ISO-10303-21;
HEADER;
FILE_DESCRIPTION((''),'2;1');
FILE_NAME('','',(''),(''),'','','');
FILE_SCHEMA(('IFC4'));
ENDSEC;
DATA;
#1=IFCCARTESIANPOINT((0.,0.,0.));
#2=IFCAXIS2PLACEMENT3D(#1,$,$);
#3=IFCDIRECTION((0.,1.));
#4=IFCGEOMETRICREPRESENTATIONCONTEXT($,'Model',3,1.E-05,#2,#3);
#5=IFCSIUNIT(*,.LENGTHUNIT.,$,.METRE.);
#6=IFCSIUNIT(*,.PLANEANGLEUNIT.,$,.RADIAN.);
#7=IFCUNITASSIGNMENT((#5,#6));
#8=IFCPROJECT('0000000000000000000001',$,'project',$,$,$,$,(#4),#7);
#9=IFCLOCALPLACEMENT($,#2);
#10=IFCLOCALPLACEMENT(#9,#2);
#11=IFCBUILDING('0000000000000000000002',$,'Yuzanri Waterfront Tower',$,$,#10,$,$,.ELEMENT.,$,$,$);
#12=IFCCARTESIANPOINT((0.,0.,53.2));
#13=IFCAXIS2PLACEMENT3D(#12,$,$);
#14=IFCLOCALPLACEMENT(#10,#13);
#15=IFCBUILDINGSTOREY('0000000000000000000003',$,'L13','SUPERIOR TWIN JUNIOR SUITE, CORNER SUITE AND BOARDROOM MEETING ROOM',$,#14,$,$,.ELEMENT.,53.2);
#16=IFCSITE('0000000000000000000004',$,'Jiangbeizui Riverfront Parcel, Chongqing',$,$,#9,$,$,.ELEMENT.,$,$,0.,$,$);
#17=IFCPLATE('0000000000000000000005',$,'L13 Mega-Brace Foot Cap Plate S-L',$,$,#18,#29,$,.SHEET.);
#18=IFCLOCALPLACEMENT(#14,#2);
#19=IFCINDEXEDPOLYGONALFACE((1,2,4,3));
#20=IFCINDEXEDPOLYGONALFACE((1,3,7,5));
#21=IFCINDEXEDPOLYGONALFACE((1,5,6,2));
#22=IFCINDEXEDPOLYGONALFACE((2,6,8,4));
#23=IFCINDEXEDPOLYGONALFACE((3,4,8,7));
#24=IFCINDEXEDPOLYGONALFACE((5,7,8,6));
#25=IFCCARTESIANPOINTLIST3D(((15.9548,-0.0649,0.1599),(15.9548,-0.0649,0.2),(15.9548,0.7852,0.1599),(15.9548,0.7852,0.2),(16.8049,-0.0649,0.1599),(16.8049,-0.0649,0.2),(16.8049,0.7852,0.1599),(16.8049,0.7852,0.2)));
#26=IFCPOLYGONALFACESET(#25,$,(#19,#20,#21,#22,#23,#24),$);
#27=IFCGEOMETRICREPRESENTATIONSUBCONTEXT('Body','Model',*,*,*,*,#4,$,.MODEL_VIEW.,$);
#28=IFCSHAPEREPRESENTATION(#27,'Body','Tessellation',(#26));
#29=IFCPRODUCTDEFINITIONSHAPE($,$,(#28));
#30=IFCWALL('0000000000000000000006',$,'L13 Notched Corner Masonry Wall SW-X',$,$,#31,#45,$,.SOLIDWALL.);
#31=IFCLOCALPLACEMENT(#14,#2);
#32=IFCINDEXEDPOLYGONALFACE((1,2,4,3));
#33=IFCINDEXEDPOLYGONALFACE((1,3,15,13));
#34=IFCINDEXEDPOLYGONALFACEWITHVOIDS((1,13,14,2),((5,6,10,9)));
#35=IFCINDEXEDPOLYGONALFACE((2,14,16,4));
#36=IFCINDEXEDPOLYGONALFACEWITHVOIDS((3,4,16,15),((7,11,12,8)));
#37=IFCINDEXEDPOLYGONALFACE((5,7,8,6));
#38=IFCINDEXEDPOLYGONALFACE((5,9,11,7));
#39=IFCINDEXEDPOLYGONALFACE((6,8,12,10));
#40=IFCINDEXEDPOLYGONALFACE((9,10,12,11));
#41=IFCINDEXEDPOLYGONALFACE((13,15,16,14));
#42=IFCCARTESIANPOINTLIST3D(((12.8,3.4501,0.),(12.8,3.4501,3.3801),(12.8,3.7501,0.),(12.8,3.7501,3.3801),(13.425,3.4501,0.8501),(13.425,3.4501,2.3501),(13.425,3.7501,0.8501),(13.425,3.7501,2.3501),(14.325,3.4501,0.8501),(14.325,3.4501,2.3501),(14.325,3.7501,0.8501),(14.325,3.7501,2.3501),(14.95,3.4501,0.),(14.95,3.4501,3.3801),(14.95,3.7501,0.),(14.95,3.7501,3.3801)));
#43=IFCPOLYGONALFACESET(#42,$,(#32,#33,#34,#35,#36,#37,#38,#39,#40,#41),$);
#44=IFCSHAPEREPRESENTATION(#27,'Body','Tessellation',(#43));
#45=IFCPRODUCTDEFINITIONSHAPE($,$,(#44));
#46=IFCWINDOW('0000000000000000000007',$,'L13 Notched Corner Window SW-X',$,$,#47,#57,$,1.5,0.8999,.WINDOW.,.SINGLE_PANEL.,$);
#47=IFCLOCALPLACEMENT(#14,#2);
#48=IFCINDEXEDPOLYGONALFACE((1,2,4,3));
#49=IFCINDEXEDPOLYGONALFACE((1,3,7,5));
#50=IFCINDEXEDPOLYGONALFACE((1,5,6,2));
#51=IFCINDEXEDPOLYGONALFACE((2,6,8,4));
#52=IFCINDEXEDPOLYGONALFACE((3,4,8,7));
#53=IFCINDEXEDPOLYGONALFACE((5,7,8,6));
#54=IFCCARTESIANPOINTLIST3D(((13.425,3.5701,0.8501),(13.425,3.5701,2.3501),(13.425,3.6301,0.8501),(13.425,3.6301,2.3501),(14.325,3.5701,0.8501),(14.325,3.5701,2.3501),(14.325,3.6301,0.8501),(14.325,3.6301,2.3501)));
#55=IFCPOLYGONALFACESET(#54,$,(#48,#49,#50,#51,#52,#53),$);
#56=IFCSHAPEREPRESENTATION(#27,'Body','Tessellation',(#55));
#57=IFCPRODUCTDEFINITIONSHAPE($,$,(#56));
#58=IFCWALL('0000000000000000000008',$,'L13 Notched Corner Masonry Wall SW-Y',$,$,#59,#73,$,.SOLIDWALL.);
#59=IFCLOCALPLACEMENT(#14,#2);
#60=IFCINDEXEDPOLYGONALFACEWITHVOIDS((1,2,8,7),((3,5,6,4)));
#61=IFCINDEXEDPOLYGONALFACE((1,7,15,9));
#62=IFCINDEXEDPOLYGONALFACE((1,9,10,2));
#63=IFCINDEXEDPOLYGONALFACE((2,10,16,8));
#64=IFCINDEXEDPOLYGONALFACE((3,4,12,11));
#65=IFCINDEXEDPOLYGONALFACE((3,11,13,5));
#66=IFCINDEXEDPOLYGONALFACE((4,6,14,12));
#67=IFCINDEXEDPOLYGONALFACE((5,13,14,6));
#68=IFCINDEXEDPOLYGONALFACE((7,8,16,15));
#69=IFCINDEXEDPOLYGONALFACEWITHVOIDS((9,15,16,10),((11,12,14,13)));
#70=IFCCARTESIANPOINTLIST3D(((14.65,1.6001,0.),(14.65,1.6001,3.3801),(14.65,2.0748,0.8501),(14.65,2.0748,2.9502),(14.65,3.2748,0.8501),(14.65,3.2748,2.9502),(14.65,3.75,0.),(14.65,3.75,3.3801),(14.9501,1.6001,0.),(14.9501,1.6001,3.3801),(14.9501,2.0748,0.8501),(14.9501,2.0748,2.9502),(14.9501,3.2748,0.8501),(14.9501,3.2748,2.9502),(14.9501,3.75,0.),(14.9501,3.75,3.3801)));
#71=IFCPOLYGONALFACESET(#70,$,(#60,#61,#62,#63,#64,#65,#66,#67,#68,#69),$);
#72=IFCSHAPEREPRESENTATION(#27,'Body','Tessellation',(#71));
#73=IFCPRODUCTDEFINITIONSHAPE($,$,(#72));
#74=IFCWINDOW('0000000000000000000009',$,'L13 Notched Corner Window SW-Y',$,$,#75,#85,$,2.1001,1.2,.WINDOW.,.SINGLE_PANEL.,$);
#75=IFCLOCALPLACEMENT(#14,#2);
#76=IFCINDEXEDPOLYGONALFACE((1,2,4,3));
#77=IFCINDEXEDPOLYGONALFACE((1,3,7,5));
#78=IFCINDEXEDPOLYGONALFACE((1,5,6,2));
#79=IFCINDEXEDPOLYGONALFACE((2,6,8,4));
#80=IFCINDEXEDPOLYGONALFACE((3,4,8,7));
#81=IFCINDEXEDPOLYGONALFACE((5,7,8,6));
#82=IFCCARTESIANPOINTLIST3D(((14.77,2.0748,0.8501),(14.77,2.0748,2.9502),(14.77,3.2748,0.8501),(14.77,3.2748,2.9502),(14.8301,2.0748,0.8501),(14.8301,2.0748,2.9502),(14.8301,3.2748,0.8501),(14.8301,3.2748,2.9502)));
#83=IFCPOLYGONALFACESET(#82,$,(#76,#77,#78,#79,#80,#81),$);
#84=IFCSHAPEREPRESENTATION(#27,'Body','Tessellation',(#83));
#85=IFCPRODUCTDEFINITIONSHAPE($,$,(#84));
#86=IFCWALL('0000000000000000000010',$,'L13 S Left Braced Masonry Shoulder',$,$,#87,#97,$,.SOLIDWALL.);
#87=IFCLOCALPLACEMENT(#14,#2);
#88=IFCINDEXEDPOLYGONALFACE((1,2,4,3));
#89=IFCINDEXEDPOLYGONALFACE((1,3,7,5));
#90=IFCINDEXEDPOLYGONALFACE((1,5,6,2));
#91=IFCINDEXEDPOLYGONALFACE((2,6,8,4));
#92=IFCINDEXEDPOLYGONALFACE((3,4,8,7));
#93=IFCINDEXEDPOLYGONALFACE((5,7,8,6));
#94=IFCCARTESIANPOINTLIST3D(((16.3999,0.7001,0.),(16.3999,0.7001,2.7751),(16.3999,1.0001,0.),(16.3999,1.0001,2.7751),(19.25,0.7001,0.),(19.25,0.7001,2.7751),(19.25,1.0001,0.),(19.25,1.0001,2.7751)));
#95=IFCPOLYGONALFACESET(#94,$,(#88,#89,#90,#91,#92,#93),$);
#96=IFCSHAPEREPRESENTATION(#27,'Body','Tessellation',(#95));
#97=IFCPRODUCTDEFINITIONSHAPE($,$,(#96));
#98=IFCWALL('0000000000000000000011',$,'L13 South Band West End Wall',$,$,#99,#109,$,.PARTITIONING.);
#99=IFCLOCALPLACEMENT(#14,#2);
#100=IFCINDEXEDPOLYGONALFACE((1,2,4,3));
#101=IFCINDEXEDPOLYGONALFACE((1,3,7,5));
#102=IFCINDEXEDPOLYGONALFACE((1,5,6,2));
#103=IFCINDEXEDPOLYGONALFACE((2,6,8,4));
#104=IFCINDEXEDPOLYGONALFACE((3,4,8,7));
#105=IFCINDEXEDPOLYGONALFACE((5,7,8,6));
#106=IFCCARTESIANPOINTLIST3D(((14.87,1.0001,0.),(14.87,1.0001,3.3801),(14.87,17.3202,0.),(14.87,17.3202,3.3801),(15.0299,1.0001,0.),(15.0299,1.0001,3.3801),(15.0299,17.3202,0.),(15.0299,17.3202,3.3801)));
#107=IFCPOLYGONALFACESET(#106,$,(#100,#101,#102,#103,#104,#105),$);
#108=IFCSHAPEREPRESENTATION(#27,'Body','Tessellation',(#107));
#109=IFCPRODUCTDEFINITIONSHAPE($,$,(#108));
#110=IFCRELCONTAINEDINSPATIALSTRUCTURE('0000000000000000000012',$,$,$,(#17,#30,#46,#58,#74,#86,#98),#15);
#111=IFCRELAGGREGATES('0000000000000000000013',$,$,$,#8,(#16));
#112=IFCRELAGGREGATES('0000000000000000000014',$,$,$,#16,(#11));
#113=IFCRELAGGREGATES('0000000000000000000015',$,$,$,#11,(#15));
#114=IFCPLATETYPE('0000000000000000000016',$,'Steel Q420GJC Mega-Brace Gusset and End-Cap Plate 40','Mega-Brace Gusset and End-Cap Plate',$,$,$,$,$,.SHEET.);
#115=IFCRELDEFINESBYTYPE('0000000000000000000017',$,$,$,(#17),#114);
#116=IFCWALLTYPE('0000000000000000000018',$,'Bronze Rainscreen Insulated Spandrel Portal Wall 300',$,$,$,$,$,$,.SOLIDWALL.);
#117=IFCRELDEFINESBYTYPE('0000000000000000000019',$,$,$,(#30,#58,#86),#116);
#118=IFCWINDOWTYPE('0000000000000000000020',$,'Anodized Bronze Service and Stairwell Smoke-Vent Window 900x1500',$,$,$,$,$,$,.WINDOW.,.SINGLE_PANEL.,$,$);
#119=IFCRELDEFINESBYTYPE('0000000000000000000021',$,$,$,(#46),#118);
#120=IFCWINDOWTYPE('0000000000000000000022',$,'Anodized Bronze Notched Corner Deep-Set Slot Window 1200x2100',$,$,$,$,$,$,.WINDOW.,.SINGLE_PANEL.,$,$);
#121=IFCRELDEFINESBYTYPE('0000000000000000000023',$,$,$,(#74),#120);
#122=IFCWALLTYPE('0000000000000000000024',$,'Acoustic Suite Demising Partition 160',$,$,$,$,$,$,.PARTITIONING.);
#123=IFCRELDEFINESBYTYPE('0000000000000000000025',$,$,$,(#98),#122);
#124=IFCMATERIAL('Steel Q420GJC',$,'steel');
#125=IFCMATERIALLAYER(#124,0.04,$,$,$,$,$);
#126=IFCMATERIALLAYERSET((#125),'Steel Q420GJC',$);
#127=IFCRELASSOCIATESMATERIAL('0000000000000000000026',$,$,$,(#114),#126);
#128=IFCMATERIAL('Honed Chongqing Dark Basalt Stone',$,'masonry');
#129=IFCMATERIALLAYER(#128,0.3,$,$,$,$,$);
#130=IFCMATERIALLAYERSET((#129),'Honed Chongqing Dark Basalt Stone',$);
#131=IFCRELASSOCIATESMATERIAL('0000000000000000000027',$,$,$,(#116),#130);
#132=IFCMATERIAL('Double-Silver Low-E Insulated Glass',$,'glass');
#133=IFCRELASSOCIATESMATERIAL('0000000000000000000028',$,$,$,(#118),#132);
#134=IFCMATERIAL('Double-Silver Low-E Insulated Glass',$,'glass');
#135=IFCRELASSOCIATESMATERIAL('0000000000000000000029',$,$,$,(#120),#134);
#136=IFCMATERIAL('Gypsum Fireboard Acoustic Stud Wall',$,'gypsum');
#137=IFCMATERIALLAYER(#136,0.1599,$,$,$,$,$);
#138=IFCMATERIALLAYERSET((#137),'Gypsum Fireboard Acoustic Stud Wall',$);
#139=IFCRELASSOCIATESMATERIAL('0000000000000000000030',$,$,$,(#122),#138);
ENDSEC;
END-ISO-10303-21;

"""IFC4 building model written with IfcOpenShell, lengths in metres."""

from ifc_helpers import new_model, si_unit, direction, frame, frame_2d, origin, origin_2d, place, context, subcontext, project, spatial, rectangle, extrude, source, transform, mapped, material, layer, layer_set, type_object, element, fill, save


model = new_model("IFC4")

# Units and contexts
model_context = context("Model", 3, precision=1e-05, world=origin(), true_north=direction((0.0, 1.0)))
body_context = subcontext(model_context, "Body", "Model", "MODEL_VIEW")
ifc_project = project(units=[si_unit("LENGTHUNIT", "METRE"), si_unit("PLANEANGLEUNIT", "RADIAN")], contexts=[model_context])

# Site, building, storey
site_placement = place(None, origin())
site = spatial("IfcSite", under=ifc_project, at=site_placement, Name="Jiangbeizui Riverfront Parcel, Chongqing", CompositionType="ELEMENT", RefElevation=0.0)
building_placement = place(site_placement, origin())
building = spatial("IfcBuilding", under=site, at=building_placement, Name="Yuzanri Waterfront Tower", CompositionType="ELEMENT")
storey_placement = place(building_placement, frame((0.0, 0.0, 53.2)))
storey = spatial("IfcBuildingStorey", under=building, at=storey_placement, Name="L13", Description="SUPERIOR TWIN JUNIOR SUITE, CORNER SUITE AND BOARDROOM MEETING ROOM", CompositionType="ELEMENT", Elevation=53.2)

# Plate
ifc_material_1 = material(Name="Steel Q420GJC", Category="steel")
ifc_layer_1 = layer(ifc_material_1, 0.04)
ifc_layer_set_1 = layer_set([ifc_layer_1], Name="Steel Q420GJC")
plate_type = type_object("IfcPlateType", Name="Steel Q420GJC Mega-Brace Gusset and End-Cap Plate 40", Description="Mega-Brace Gusset and End-Cap Plate", PredefinedType="SHEET", material=ifc_layer_set_1)
shared_shape_1 = source(origin(), body_context, "Body", "SweptSolid", [
    extrude(rectangle(XDim=0.8501, YDim=0.8501, at=origin_2d()), origin(), (0.0, 0.0, 1.0), 0.04),
])
plate_placement = place(storey_placement, frame((16.3799, 0.3601, 0.1599), z_axis=(0.0, 0.0, 1.0), x_axis=(1.0, 0.0, 0.0)))
element("IfcPlate", 1, at=plate_placement, inside=storey, type_object=plate_type, Name="L13 Mega-Brace Foot Cap Plate S-L", PredefinedType="SHEET", context=body_context, shape_type="MappedRepresentation", body=[
    mapped(shared_shape_1, transform((0.0, 0.0, 0.0), scale=1.0)),
])

# Walls, openings, windows
ifc_material_2 = material(Name="Honed Chongqing Dark Basalt Stone", Category="masonry")
ifc_layer_2 = layer(ifc_material_2, 0.3)
ifc_layer_set_2 = layer_set([ifc_layer_2], Name="Honed Chongqing Dark Basalt Stone")
wall_type_1 = type_object("IfcWallType", Name="Bronze Rainscreen Insulated Spandrel Portal Wall 300", PredefinedType="SOLIDWALL", material=ifc_layer_set_2)
wall_1_placement = place(storey_placement, frame((12.8, 3.6001, 0.0), z_axis=(0.0, 0.0, 1.0), x_axis=(1.0, 0.0, 0.0)))
wall_1 = element("IfcWall", 2, at=wall_1_placement, inside=storey, type_object=wall_type_1, Name="L13 Notched Corner Masonry Wall SW-X", PredefinedType="SOLIDWALL", context=body_context, shape_type="SweptSolid", body=[
    extrude(rectangle(XDim=2.1499, YDim=0.3, at=frame_2d((1.075, 0.0))), origin(), (0.0, 0.0, 1.0), 3.3801),
])
opening_1_placement = place(wall_1_placement, frame((0.625, 0.0, 0.8501)))
opening_1 = element("IfcOpeningElement", 3, at=opening_1_placement, cuts=wall_1, PredefinedType="OPENING", context=body_context, shape_type="SweptSolid", body=[
    extrude(rectangle(XDim=0.8999, YDim=1.5, at=frame_2d((0.45, 0.75))), frame((0.0, 0.165, 0.0), z_axis=(0.0, -1.0, 0.0), x_axis=(1.0, 0.0, 0.0)), (0.0, 0.0, 1.0), 0.3298),
])
ifc_material_3 = material(Name="Double-Silver Low-E Insulated Glass", Category="glass")
window_type_1 = type_object("IfcWindowType", Name="Anodized Bronze Service and Stairwell Smoke-Vent Window 900x1500", PartitioningType="SINGLE_PANEL", PredefinedType="WINDOW", material=ifc_material_3)
shared_shape_2 = source(origin(), body_context, "Body", "SweptSolid", [
    extrude(rectangle(XDim=0.8999, YDim=1.5, at=frame_2d((0.45, 0.75))), frame((0.0, 0.03, 0.0), z_axis=(0.0, -1.0, 0.0), x_axis=(1.0, 0.0, 0.0)), (0.0, 0.0, 1.0), 0.0601),
])
window_1_placement = place(opening_1_placement, origin())
window_1 = element("IfcWindow", 4, at=window_1_placement, inside=storey, type_object=window_type_1, Name="L13 Notched Corner Window SW-X", OverallHeight=1.5, OverallWidth=0.8999, PartitioningType="SINGLE_PANEL", PredefinedType="WINDOW", context=body_context, shape_type="MappedRepresentation", body=[
    mapped(shared_shape_2, transform((0.0, 0.0, 0.0), scale=1.0)),
])
fill(opening_1, window_1)
wall_2_placement = place(storey_placement, frame((14.8, 3.75, 0.0), z_axis=(0.0, 0.0, 1.0), x_axis=(0.0, -1.0, 0.0)))
wall_2 = element("IfcWall", 5, at=wall_2_placement, inside=storey, type_object=wall_type_1, Name="L13 Notched Corner Masonry Wall SW-Y", PredefinedType="SOLIDWALL", context=body_context, shape_type="SweptSolid", body=[
    extrude(rectangle(XDim=2.1499, YDim=0.3, at=frame_2d((1.075, 0.0))), origin(), (0.0, 0.0, 1.0), 3.3801),
])
opening_2_placement = place(wall_2_placement, frame((0.4751, 0.0, 0.8501)))
opening_2 = element("IfcOpeningElement", 6, at=opening_2_placement, cuts=wall_2, PredefinedType="OPENING", context=body_context, shape_type="SweptSolid", body=[
    extrude(rectangle(XDim=1.2, YDim=2.1001, at=frame_2d((0.6001, 1.05))), frame((0.0, 0.165, 0.0), z_axis=(0.0, -1.0, 0.0), x_axis=(1.0, 0.0, 0.0)), (0.0, 0.0, 1.0), 0.3298),
])
ifc_material_4 = material(Name="Double-Silver Low-E Insulated Glass", Category="glass")
window_type_2 = type_object("IfcWindowType", Name="Anodized Bronze Notched Corner Deep-Set Slot Window 1200x2100", PartitioningType="SINGLE_PANEL", PredefinedType="WINDOW", material=ifc_material_4)
shared_shape_3 = source(origin(), body_context, "Body", "SweptSolid", [
    extrude(rectangle(XDim=1.2, YDim=2.1001, at=frame_2d((0.6001, 1.05))), frame((0.0, 0.03, 0.0), z_axis=(0.0, -1.0, 0.0), x_axis=(1.0, 0.0, 0.0)), (0.0, 0.0, 1.0), 0.0601),
])
window_2_placement = place(opening_2_placement, origin())
window_2 = element("IfcWindow", 7, at=window_2_placement, inside=storey, type_object=window_type_2, Name="L13 Notched Corner Window SW-Y", OverallHeight=2.1001, OverallWidth=1.2, PartitioningType="SINGLE_PANEL", PredefinedType="WINDOW", context=body_context, shape_type="MappedRepresentation", body=[
    mapped(shared_shape_3, transform((0.0, 0.0, 0.0), scale=1.0)),
])
fill(opening_2, window_2)

# Walls
shared_shape_4 = source(origin(), body_context, "Body", "SweptSolid", [
    extrude(rectangle(XDim=2.8501, YDim=0.3, at=frame_2d((1.425, 0.0))), origin(), (0.0, 0.0, 1.0), 2.7751),
])
wall_3_placement = place(storey_placement, frame((16.3999, 0.8501, 0.0), z_axis=(0.0, 0.0, 1.0), x_axis=(1.0, 0.0, 0.0)))
element("IfcWall", 8, at=wall_3_placement, inside=storey, type_object=wall_type_1, Name="L13 S Left Braced Masonry Shoulder", PredefinedType="SOLIDWALL", context=body_context, shape_type="MappedRepresentation", body=[
    mapped(shared_shape_4, transform((0.0, 0.0, 0.0), scale=1.0)),
])
ifc_material_5 = material(Name="Gypsum Fireboard Acoustic Stud Wall", Category="gypsum")
ifc_layer_3 = layer(ifc_material_5, 0.1599)
ifc_layer_set_3 = layer_set([ifc_layer_3], Name="Gypsum Fireboard Acoustic Stud Wall")
wall_type_2 = type_object("IfcWallType", Name="Acoustic Suite Demising Partition 160", PredefinedType="PARTITIONING", material=ifc_layer_set_3)
shared_shape_5 = source(origin(), body_context, "Body", "SweptSolid", [
    extrude(rectangle(XDim=16.3201, YDim=0.1599, at=frame_2d((8.1602, 0.0))), origin(), (0.0, 0.0, 1.0), 3.3801),
])
wall_4_placement = place(storey_placement, frame((14.95, 1.0, 0.0), z_axis=(0.0, 0.0, 1.0), x_axis=(0.0, 1.0, 0.0)))
element("IfcWall", 9, at=wall_4_placement, inside=storey, type_object=wall_type_2, Name="L13 South Band West End Wall", PredefinedType="PARTITIONING", context=body_context, shape_type="MappedRepresentation", body=[
    mapped(shared_shape_5, transform((0.0, 0.0, 0.0), scale=1.0)),
])

save(model, "model.ifc")
